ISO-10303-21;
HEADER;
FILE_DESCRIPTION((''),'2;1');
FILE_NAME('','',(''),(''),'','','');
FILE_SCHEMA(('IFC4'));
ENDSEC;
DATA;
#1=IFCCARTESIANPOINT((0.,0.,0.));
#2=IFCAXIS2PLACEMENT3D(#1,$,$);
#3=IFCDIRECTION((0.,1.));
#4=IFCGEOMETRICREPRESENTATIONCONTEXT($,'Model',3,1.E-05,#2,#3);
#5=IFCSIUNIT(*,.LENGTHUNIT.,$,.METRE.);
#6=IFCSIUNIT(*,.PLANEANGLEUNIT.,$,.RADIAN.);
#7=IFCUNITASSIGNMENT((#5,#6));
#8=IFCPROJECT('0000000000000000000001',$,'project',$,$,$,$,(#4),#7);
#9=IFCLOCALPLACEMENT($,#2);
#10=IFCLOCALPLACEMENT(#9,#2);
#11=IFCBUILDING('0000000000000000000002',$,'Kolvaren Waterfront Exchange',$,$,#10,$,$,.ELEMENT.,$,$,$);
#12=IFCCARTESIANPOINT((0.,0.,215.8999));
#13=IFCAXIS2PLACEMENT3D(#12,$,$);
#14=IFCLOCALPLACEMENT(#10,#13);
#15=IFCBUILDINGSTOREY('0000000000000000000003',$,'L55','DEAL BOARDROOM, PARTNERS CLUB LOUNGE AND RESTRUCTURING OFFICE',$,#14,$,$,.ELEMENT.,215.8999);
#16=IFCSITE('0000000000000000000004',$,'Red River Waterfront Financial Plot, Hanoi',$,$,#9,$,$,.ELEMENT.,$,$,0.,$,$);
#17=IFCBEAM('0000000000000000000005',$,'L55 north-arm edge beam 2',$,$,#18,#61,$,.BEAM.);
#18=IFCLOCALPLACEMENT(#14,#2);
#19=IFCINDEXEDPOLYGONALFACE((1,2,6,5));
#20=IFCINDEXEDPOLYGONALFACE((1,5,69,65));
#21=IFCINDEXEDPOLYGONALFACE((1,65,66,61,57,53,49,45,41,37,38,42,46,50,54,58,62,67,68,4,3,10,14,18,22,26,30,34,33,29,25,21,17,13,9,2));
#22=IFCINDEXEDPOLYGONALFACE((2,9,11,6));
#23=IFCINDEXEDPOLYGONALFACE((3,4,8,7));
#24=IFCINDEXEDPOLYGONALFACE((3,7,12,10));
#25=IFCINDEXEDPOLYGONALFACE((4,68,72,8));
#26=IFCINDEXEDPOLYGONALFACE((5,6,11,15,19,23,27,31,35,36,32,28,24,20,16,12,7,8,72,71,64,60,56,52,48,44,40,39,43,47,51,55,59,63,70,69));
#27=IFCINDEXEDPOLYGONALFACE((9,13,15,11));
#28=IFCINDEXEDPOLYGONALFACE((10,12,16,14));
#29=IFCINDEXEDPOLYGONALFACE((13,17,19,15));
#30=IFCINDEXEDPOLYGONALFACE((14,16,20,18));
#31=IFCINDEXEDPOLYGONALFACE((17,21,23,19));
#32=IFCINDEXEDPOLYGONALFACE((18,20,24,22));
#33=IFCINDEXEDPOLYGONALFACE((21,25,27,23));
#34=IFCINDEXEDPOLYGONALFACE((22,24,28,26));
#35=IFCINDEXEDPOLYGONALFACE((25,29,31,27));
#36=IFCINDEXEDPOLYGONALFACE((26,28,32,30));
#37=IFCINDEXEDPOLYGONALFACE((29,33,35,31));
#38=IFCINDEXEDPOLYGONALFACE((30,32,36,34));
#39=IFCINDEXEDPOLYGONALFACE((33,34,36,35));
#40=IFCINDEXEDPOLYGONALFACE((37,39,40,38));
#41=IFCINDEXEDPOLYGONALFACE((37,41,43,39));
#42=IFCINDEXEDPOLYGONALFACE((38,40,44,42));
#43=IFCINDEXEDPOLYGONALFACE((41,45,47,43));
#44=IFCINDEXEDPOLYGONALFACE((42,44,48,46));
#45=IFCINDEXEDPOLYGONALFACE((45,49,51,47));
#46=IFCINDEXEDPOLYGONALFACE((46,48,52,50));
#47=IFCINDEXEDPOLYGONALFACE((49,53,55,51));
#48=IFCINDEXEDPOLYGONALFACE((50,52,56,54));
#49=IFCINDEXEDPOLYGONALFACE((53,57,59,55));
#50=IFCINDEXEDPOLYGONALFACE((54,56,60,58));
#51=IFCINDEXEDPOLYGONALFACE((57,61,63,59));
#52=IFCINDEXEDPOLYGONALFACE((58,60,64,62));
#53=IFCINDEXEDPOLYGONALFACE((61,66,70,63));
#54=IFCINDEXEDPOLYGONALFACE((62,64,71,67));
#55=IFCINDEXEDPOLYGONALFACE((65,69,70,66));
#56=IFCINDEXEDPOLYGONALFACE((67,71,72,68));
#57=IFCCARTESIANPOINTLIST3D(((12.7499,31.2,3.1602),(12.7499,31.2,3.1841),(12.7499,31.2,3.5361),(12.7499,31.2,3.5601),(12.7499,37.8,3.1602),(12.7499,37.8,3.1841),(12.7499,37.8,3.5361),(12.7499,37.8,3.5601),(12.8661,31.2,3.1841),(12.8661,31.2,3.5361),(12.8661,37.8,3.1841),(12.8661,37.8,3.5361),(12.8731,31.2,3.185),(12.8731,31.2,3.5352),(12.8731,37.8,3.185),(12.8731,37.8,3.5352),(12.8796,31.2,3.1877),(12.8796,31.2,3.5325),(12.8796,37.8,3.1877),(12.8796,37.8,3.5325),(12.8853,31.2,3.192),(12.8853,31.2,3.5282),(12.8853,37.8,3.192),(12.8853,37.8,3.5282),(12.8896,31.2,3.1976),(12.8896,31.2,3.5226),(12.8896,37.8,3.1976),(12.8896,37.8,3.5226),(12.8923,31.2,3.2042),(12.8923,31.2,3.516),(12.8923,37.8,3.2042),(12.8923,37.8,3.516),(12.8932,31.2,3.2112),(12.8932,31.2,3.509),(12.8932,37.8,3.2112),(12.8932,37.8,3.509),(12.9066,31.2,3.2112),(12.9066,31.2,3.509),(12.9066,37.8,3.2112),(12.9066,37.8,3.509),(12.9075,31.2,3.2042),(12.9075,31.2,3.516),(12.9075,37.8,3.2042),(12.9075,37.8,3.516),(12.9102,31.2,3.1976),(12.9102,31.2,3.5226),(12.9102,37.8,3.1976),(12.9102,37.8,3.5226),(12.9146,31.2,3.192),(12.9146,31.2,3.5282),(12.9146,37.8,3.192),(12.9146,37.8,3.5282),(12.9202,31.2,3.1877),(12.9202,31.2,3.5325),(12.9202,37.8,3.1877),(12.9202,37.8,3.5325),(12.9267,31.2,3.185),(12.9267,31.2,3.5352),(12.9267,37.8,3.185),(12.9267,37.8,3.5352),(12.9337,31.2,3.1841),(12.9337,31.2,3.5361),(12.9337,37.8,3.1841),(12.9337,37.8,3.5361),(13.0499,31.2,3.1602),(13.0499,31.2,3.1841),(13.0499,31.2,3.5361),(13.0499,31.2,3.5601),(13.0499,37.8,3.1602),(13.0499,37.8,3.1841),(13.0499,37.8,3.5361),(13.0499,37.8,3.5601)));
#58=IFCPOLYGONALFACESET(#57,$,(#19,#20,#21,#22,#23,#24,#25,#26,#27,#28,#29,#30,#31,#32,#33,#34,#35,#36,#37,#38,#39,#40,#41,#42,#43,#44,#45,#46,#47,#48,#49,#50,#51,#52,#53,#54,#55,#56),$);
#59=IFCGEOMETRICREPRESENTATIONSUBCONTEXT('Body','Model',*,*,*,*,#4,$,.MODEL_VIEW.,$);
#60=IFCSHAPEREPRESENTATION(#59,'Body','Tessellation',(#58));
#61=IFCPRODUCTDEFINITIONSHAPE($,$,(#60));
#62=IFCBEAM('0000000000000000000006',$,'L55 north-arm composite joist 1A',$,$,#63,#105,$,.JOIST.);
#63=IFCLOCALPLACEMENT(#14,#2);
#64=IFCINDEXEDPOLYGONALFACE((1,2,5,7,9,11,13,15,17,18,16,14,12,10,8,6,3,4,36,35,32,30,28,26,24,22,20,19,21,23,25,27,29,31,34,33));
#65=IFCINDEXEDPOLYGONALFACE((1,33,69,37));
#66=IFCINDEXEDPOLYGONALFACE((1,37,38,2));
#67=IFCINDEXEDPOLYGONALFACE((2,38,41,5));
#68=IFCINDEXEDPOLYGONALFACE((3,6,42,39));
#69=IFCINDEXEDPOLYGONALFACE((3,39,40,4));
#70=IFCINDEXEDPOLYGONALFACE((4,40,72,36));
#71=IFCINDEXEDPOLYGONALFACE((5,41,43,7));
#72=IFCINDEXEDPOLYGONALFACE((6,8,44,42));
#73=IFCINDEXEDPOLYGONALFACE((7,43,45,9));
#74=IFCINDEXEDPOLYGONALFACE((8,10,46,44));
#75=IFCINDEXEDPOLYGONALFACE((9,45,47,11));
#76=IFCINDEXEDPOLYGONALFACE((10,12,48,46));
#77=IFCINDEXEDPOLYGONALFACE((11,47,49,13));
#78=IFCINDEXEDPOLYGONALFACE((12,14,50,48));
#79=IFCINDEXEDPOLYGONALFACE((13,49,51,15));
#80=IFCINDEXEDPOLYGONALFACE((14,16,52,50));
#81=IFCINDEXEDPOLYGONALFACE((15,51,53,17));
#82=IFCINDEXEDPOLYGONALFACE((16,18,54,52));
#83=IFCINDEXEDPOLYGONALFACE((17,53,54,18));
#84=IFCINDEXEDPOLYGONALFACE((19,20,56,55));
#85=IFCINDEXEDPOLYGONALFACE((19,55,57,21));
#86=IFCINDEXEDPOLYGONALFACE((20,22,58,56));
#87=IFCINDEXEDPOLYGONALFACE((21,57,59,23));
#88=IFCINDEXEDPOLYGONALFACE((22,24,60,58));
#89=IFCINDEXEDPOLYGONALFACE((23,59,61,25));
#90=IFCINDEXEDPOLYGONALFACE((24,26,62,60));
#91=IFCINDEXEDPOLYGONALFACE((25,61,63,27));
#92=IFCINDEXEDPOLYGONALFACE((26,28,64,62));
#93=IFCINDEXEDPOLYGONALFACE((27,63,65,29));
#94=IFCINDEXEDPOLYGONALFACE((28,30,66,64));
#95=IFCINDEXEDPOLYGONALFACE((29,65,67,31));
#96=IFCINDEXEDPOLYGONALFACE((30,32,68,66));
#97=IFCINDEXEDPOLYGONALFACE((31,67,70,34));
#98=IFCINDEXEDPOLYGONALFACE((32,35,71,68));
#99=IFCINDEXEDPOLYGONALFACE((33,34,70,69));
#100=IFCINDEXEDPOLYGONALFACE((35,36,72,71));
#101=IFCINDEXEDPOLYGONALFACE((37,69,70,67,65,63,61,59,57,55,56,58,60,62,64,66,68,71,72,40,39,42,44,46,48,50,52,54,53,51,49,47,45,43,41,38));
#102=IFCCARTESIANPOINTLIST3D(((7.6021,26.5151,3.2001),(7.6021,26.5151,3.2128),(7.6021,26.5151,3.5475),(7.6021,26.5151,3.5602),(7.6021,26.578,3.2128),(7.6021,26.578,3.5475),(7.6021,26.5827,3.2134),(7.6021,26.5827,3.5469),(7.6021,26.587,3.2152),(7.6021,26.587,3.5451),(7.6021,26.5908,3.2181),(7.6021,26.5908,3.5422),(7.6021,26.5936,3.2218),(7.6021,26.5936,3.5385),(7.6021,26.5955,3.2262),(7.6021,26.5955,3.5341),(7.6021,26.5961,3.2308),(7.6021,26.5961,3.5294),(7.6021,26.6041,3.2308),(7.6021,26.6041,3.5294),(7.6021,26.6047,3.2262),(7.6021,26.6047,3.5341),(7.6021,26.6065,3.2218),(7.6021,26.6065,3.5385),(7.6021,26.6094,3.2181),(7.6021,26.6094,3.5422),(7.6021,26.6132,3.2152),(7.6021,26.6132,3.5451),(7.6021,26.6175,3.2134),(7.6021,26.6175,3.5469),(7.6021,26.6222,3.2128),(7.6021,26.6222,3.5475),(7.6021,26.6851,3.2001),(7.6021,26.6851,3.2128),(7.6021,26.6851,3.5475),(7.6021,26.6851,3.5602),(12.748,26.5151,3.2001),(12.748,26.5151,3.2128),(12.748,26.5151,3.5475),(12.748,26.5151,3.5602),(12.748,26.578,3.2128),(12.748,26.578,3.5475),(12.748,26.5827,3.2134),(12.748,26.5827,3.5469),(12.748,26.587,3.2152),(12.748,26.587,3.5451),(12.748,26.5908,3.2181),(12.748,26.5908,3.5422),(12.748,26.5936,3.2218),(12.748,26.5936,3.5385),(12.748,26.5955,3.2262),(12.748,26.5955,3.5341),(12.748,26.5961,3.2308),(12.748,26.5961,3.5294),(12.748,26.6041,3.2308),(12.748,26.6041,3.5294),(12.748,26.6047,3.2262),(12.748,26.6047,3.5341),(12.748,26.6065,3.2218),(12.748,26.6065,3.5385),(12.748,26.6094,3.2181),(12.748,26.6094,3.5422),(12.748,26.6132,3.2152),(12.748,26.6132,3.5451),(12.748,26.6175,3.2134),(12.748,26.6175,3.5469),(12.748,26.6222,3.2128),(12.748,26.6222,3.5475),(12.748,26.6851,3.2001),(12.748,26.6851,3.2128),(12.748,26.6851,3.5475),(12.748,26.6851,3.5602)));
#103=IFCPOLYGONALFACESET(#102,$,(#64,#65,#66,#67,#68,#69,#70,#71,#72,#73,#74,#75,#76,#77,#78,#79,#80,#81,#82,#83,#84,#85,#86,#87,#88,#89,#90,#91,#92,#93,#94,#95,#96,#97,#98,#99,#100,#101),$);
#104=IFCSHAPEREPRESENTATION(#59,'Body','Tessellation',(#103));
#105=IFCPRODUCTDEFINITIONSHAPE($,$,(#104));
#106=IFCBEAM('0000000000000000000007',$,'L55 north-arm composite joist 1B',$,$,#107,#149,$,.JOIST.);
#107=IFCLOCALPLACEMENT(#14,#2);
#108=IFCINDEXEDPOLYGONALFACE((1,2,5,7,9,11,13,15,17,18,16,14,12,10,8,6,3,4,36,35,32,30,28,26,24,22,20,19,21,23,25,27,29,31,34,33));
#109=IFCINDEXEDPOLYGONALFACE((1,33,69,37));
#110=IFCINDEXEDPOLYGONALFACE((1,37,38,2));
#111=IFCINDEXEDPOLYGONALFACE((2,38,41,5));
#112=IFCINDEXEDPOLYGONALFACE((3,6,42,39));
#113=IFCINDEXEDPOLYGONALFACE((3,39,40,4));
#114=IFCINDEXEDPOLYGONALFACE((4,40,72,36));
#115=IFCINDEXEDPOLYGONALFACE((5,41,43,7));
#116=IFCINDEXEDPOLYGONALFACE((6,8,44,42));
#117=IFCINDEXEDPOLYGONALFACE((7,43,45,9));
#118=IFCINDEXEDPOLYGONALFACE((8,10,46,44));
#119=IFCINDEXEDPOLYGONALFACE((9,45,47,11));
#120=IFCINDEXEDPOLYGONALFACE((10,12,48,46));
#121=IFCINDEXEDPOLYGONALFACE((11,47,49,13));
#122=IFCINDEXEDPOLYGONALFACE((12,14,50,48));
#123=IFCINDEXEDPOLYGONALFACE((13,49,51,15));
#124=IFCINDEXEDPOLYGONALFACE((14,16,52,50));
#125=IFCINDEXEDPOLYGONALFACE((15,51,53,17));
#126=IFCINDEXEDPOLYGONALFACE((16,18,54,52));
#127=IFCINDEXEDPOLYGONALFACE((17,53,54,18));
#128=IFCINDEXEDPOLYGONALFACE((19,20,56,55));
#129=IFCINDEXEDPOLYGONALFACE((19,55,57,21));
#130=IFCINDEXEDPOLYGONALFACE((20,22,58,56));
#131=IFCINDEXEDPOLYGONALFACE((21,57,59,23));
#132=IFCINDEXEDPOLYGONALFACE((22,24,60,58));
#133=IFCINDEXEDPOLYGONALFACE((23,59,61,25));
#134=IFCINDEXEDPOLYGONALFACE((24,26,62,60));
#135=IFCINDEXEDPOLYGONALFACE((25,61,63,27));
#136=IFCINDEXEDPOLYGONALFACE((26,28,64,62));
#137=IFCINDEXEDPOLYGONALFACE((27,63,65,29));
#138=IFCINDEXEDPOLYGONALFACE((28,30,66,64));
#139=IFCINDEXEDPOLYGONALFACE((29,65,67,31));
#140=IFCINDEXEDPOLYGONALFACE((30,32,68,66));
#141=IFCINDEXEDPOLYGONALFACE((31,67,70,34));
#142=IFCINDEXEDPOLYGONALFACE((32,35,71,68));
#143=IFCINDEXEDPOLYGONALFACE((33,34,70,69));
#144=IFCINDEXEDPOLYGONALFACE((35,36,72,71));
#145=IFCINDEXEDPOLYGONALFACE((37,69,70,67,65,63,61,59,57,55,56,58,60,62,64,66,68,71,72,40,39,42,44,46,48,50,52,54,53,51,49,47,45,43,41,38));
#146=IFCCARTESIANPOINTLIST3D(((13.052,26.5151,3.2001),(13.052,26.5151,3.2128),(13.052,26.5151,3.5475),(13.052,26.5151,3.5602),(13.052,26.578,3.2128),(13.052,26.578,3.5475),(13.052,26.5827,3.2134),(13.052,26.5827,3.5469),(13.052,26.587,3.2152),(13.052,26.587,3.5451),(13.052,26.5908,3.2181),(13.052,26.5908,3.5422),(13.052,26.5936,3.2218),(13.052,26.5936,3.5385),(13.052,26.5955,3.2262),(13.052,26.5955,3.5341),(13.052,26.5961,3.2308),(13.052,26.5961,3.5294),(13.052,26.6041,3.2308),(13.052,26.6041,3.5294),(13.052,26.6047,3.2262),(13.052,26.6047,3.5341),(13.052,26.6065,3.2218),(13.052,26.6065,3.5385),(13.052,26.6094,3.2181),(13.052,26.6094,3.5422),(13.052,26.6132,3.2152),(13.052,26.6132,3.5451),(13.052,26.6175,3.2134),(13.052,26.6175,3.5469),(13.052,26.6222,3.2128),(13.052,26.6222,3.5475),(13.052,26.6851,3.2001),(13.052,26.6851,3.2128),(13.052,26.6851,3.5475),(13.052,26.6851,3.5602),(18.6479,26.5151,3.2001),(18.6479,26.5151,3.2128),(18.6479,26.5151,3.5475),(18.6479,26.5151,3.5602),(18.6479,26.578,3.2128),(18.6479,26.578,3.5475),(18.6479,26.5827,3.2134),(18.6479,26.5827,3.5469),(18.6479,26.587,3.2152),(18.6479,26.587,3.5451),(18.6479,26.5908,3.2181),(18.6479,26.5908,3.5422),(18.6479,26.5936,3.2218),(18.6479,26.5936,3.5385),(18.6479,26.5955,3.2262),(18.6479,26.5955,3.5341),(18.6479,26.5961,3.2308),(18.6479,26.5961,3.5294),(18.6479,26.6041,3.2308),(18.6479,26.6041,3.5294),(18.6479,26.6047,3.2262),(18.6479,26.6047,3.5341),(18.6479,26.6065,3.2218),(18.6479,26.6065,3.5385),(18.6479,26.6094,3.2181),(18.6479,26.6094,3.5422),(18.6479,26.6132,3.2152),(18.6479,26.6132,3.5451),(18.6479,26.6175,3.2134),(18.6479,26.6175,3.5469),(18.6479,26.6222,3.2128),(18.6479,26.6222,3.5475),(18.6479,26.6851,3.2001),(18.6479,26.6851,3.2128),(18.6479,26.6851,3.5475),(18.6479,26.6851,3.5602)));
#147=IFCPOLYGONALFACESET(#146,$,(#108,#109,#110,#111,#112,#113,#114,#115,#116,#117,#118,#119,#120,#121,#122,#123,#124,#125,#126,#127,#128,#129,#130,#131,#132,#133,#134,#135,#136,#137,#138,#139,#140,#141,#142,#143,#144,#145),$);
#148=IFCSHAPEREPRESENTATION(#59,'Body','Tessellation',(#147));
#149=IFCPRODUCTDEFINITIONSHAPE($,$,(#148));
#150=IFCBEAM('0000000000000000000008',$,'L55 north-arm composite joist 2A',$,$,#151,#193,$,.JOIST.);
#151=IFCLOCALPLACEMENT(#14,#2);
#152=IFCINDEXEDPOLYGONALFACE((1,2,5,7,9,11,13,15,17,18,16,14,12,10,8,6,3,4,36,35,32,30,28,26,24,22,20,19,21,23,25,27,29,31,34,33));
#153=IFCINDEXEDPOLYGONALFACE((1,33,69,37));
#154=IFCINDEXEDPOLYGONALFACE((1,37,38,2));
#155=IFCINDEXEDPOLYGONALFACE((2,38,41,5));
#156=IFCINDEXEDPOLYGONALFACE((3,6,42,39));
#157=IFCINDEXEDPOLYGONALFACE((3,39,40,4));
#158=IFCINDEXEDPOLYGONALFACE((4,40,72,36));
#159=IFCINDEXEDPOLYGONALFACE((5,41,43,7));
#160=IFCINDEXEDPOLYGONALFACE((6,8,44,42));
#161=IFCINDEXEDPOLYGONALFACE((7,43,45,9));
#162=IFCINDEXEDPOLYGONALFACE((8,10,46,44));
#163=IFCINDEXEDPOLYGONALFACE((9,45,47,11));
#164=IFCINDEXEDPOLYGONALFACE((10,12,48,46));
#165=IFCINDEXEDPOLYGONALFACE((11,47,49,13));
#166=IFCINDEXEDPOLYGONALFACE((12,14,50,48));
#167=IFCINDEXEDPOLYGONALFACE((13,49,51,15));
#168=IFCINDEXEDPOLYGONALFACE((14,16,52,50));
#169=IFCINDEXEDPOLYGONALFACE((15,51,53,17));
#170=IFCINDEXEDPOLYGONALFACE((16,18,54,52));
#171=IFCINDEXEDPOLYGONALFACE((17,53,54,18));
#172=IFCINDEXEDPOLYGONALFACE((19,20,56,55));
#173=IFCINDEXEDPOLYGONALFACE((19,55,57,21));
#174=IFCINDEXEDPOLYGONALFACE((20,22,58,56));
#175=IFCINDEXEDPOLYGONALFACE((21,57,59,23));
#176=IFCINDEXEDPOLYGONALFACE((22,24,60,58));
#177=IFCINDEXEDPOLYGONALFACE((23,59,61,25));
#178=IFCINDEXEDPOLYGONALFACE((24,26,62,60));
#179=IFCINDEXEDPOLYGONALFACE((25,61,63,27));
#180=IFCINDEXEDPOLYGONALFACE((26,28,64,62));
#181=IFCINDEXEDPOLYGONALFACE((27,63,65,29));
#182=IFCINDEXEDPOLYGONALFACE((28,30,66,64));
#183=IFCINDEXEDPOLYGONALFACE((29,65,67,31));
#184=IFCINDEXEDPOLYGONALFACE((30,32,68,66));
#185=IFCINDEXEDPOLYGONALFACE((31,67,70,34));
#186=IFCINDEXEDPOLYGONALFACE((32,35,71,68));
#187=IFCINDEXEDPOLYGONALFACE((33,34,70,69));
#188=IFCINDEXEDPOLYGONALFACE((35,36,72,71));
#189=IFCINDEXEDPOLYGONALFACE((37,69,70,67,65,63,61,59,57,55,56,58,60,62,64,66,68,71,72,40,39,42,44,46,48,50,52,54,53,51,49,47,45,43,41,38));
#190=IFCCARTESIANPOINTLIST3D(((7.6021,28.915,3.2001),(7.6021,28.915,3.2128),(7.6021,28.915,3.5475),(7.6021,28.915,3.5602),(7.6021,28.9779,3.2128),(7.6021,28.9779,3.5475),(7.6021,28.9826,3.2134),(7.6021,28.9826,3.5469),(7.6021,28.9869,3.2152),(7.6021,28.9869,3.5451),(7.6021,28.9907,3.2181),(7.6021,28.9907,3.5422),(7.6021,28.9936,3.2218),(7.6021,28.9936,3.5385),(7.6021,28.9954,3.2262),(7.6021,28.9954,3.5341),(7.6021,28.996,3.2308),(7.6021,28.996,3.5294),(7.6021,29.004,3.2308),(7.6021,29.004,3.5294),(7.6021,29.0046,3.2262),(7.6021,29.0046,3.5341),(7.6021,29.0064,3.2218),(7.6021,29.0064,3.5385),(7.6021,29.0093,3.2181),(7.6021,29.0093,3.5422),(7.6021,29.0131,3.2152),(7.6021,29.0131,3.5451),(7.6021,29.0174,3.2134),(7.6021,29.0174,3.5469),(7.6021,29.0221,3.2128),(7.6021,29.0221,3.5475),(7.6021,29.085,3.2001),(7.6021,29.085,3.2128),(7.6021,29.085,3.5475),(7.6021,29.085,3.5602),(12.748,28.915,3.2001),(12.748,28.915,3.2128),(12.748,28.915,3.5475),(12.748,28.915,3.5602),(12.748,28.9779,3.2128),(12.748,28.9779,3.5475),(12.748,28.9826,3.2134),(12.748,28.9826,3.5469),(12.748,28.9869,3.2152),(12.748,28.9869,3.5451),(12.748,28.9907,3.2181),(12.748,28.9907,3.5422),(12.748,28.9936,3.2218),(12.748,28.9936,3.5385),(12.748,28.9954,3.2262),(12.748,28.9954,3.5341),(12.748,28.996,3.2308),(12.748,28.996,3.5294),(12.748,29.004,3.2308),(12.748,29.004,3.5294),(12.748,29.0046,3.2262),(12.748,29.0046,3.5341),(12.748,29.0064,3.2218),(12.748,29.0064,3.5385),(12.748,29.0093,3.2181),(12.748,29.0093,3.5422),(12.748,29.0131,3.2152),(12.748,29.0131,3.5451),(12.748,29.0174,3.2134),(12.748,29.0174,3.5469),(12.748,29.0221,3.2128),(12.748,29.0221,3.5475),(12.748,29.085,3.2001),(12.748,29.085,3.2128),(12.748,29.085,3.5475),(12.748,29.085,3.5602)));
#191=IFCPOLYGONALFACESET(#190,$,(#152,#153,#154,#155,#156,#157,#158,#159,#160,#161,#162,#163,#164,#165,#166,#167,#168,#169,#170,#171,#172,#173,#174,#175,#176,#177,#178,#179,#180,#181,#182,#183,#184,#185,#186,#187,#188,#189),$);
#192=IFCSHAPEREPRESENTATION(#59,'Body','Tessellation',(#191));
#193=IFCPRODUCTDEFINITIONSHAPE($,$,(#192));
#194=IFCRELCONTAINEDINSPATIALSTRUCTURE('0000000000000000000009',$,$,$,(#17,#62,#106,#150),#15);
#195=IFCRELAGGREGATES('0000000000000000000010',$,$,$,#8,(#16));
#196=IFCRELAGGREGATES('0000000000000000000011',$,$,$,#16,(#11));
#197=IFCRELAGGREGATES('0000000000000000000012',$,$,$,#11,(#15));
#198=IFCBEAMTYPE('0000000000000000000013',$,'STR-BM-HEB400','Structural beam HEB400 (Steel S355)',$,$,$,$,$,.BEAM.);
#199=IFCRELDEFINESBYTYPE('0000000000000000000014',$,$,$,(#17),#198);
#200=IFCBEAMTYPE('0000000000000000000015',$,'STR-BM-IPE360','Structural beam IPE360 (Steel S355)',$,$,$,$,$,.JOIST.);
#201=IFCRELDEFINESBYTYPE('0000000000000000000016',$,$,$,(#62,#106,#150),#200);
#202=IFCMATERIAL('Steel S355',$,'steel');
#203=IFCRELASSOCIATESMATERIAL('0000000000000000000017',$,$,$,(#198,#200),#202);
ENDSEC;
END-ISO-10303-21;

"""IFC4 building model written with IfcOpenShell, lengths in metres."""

from ifc_helpers import new_model, si_unit, direction, frame, origin, origin_2d, place, context, subcontext, project, spatial, i_section, extrude, material, material_profile, profile_set, type_object, element, save


model = new_model("IFC4")

# Units and contexts
model_context = context("Model", 3, precision=1e-05, world=origin(), true_north=direction((0.0, 1.0)))
body_context = subcontext(model_context, "Body", "Model", "MODEL_VIEW")
ifc_project = project(units=[si_unit("LENGTHUNIT", "METRE"), si_unit("PLANEANGLEUNIT", "RADIAN")], contexts=[model_context])

# Site, building, storey
site_placement = place(None, origin())
site = spatial("IfcSite", under=ifc_project, at=site_placement, Name="Red River Waterfront Financial Plot, Hanoi", CompositionType="ELEMENT", RefElevation=0.0)
building_placement = place(site_placement, origin())
building = spatial("IfcBuilding", under=site, at=building_placement, Name="Kolvaren Waterfront Exchange", CompositionType="ELEMENT")
storey_placement = place(building_placement, frame((0.0, 0.0, 215.8999)))
storey = spatial("IfcBuildingStorey", under=building, at=storey_placement, Name="L55", Description="DEAL BOARDROOM, PARTNERS CLUB LOUNGE AND RESTRUCTURING OFFICE", CompositionType="ELEMENT", Elevation=215.8999)

# Beams
ifc_material_1 = material(Name="Steel S355", Category="steel")
ifc_material_profile_1 = material_profile(ifc_material_1, i_section(OverallWidth=0.3, OverallDepth=0.3999, WebThickness=0.0134, FlangeThickness=0.0239, FilletRadius=0.0271, at=origin_2d()), Name="HEB400")
ifc_profile_set_1 = profile_set([ifc_material_profile_1], Name="Steel S355")
beam_type_1 = type_object("IfcBeamType", Name="STR-BM-HEB400", Description="Structural beam HEB400 (Steel S355)", PredefinedType="BEAM", material=ifc_profile_set_1)
beam_1_placement = place(storey_placement, frame((12.8999, 31.2, 3.3601), z_axis=(0.0, 1.0, 0.0), x_axis=(-1.0, 0.0, 0.0)))
element("IfcBeam", 1, at=beam_1_placement, inside=storey, type_object=beam_type_1, Name="L55 north-arm edge beam 2", PredefinedType="BEAM", context=body_context, shape_type="SweptSolid", body=[
    extrude(i_section(OverallWidth=0.3, OverallDepth=0.3999, WebThickness=0.0134, FlangeThickness=0.0239, FilletRadius=0.0271, at=origin_2d()), origin(), (0.0, 0.0, 1.0), 6.6001),
])
ifc_material_profile_2 = material_profile(ifc_material_1, i_section(OverallWidth=0.1699, OverallDepth=0.3601, WebThickness=0.0081, FlangeThickness=0.0127, FilletRadius=0.0181, at=origin_2d()), Name="IPE360")
ifc_profile_set_2 = profile_set([ifc_material_profile_2], Name="Steel S355")
beam_type_2 = type_object("IfcBeamType", Name="STR-BM-IPE360", Description="Structural beam IPE360 (Steel S355)", PredefinedType="JOIST", material=ifc_profile_set_2)
beam_2_placement = place(storey_placement, frame((7.6021, 26.6001, 3.3801), z_axis=(1.0, 0.0, 0.0), x_axis=(0.0, 1.0, 0.0)))
element("IfcBeam", 2, at=beam_2_placement, inside=storey, type_object=beam_type_2, Name="L55 north-arm composite joist 1A", PredefinedType="JOIST", context=body_context, shape_type="SweptSolid", body=[
    extrude(i_section(OverallWidth=0.1699, OverallDepth=0.3601, WebThickness=0.0081, FlangeThickness=0.0127, FilletRadius=0.0181, at=origin_2d()), origin(), (0.0, 0.0, 1.0), 5.146),
])
beam_3_placement = place(storey_placement, frame((13.052, 26.6001, 3.3801), z_axis=(1.0, 0.0, 0.0), x_axis=(0.0, 1.0, 0.0)))
element("IfcBeam", 3, at=beam_3_placement, inside=storey, type_object=beam_type_2, Name="L55 north-arm composite joist 1B", PredefinedType="JOIST", context=body_context, shape_type="SweptSolid", body=[
    extrude(i_section(OverallWidth=0.1699, OverallDepth=0.3601, WebThickness=0.0081, FlangeThickness=0.0127, FilletRadius=0.0181, at=origin_2d()), origin(), (0.0, 0.0, 1.0), 5.5959),
])
beam_4_placement = place(storey_placement, frame((7.6021, 29.0, 3.3801), z_axis=(1.0, 0.0, 0.0), x_axis=(0.0, 1.0, 0.0)))
element("IfcBeam", 4, at=beam_4_placement, inside=storey, type_object=beam_type_2, Name="L55 north-arm composite joist 2A", PredefinedType="JOIST", context=body_context, shape_type="SweptSolid", body=[
    extrude(i_section(OverallWidth=0.1699, OverallDepth=0.3601, WebThickness=0.0081, FlangeThickness=0.0127, FilletRadius=0.0181, at=origin_2d()), origin(), (0.0, 0.0, 1.0), 5.146),
])

save(model, "model.ifc")
